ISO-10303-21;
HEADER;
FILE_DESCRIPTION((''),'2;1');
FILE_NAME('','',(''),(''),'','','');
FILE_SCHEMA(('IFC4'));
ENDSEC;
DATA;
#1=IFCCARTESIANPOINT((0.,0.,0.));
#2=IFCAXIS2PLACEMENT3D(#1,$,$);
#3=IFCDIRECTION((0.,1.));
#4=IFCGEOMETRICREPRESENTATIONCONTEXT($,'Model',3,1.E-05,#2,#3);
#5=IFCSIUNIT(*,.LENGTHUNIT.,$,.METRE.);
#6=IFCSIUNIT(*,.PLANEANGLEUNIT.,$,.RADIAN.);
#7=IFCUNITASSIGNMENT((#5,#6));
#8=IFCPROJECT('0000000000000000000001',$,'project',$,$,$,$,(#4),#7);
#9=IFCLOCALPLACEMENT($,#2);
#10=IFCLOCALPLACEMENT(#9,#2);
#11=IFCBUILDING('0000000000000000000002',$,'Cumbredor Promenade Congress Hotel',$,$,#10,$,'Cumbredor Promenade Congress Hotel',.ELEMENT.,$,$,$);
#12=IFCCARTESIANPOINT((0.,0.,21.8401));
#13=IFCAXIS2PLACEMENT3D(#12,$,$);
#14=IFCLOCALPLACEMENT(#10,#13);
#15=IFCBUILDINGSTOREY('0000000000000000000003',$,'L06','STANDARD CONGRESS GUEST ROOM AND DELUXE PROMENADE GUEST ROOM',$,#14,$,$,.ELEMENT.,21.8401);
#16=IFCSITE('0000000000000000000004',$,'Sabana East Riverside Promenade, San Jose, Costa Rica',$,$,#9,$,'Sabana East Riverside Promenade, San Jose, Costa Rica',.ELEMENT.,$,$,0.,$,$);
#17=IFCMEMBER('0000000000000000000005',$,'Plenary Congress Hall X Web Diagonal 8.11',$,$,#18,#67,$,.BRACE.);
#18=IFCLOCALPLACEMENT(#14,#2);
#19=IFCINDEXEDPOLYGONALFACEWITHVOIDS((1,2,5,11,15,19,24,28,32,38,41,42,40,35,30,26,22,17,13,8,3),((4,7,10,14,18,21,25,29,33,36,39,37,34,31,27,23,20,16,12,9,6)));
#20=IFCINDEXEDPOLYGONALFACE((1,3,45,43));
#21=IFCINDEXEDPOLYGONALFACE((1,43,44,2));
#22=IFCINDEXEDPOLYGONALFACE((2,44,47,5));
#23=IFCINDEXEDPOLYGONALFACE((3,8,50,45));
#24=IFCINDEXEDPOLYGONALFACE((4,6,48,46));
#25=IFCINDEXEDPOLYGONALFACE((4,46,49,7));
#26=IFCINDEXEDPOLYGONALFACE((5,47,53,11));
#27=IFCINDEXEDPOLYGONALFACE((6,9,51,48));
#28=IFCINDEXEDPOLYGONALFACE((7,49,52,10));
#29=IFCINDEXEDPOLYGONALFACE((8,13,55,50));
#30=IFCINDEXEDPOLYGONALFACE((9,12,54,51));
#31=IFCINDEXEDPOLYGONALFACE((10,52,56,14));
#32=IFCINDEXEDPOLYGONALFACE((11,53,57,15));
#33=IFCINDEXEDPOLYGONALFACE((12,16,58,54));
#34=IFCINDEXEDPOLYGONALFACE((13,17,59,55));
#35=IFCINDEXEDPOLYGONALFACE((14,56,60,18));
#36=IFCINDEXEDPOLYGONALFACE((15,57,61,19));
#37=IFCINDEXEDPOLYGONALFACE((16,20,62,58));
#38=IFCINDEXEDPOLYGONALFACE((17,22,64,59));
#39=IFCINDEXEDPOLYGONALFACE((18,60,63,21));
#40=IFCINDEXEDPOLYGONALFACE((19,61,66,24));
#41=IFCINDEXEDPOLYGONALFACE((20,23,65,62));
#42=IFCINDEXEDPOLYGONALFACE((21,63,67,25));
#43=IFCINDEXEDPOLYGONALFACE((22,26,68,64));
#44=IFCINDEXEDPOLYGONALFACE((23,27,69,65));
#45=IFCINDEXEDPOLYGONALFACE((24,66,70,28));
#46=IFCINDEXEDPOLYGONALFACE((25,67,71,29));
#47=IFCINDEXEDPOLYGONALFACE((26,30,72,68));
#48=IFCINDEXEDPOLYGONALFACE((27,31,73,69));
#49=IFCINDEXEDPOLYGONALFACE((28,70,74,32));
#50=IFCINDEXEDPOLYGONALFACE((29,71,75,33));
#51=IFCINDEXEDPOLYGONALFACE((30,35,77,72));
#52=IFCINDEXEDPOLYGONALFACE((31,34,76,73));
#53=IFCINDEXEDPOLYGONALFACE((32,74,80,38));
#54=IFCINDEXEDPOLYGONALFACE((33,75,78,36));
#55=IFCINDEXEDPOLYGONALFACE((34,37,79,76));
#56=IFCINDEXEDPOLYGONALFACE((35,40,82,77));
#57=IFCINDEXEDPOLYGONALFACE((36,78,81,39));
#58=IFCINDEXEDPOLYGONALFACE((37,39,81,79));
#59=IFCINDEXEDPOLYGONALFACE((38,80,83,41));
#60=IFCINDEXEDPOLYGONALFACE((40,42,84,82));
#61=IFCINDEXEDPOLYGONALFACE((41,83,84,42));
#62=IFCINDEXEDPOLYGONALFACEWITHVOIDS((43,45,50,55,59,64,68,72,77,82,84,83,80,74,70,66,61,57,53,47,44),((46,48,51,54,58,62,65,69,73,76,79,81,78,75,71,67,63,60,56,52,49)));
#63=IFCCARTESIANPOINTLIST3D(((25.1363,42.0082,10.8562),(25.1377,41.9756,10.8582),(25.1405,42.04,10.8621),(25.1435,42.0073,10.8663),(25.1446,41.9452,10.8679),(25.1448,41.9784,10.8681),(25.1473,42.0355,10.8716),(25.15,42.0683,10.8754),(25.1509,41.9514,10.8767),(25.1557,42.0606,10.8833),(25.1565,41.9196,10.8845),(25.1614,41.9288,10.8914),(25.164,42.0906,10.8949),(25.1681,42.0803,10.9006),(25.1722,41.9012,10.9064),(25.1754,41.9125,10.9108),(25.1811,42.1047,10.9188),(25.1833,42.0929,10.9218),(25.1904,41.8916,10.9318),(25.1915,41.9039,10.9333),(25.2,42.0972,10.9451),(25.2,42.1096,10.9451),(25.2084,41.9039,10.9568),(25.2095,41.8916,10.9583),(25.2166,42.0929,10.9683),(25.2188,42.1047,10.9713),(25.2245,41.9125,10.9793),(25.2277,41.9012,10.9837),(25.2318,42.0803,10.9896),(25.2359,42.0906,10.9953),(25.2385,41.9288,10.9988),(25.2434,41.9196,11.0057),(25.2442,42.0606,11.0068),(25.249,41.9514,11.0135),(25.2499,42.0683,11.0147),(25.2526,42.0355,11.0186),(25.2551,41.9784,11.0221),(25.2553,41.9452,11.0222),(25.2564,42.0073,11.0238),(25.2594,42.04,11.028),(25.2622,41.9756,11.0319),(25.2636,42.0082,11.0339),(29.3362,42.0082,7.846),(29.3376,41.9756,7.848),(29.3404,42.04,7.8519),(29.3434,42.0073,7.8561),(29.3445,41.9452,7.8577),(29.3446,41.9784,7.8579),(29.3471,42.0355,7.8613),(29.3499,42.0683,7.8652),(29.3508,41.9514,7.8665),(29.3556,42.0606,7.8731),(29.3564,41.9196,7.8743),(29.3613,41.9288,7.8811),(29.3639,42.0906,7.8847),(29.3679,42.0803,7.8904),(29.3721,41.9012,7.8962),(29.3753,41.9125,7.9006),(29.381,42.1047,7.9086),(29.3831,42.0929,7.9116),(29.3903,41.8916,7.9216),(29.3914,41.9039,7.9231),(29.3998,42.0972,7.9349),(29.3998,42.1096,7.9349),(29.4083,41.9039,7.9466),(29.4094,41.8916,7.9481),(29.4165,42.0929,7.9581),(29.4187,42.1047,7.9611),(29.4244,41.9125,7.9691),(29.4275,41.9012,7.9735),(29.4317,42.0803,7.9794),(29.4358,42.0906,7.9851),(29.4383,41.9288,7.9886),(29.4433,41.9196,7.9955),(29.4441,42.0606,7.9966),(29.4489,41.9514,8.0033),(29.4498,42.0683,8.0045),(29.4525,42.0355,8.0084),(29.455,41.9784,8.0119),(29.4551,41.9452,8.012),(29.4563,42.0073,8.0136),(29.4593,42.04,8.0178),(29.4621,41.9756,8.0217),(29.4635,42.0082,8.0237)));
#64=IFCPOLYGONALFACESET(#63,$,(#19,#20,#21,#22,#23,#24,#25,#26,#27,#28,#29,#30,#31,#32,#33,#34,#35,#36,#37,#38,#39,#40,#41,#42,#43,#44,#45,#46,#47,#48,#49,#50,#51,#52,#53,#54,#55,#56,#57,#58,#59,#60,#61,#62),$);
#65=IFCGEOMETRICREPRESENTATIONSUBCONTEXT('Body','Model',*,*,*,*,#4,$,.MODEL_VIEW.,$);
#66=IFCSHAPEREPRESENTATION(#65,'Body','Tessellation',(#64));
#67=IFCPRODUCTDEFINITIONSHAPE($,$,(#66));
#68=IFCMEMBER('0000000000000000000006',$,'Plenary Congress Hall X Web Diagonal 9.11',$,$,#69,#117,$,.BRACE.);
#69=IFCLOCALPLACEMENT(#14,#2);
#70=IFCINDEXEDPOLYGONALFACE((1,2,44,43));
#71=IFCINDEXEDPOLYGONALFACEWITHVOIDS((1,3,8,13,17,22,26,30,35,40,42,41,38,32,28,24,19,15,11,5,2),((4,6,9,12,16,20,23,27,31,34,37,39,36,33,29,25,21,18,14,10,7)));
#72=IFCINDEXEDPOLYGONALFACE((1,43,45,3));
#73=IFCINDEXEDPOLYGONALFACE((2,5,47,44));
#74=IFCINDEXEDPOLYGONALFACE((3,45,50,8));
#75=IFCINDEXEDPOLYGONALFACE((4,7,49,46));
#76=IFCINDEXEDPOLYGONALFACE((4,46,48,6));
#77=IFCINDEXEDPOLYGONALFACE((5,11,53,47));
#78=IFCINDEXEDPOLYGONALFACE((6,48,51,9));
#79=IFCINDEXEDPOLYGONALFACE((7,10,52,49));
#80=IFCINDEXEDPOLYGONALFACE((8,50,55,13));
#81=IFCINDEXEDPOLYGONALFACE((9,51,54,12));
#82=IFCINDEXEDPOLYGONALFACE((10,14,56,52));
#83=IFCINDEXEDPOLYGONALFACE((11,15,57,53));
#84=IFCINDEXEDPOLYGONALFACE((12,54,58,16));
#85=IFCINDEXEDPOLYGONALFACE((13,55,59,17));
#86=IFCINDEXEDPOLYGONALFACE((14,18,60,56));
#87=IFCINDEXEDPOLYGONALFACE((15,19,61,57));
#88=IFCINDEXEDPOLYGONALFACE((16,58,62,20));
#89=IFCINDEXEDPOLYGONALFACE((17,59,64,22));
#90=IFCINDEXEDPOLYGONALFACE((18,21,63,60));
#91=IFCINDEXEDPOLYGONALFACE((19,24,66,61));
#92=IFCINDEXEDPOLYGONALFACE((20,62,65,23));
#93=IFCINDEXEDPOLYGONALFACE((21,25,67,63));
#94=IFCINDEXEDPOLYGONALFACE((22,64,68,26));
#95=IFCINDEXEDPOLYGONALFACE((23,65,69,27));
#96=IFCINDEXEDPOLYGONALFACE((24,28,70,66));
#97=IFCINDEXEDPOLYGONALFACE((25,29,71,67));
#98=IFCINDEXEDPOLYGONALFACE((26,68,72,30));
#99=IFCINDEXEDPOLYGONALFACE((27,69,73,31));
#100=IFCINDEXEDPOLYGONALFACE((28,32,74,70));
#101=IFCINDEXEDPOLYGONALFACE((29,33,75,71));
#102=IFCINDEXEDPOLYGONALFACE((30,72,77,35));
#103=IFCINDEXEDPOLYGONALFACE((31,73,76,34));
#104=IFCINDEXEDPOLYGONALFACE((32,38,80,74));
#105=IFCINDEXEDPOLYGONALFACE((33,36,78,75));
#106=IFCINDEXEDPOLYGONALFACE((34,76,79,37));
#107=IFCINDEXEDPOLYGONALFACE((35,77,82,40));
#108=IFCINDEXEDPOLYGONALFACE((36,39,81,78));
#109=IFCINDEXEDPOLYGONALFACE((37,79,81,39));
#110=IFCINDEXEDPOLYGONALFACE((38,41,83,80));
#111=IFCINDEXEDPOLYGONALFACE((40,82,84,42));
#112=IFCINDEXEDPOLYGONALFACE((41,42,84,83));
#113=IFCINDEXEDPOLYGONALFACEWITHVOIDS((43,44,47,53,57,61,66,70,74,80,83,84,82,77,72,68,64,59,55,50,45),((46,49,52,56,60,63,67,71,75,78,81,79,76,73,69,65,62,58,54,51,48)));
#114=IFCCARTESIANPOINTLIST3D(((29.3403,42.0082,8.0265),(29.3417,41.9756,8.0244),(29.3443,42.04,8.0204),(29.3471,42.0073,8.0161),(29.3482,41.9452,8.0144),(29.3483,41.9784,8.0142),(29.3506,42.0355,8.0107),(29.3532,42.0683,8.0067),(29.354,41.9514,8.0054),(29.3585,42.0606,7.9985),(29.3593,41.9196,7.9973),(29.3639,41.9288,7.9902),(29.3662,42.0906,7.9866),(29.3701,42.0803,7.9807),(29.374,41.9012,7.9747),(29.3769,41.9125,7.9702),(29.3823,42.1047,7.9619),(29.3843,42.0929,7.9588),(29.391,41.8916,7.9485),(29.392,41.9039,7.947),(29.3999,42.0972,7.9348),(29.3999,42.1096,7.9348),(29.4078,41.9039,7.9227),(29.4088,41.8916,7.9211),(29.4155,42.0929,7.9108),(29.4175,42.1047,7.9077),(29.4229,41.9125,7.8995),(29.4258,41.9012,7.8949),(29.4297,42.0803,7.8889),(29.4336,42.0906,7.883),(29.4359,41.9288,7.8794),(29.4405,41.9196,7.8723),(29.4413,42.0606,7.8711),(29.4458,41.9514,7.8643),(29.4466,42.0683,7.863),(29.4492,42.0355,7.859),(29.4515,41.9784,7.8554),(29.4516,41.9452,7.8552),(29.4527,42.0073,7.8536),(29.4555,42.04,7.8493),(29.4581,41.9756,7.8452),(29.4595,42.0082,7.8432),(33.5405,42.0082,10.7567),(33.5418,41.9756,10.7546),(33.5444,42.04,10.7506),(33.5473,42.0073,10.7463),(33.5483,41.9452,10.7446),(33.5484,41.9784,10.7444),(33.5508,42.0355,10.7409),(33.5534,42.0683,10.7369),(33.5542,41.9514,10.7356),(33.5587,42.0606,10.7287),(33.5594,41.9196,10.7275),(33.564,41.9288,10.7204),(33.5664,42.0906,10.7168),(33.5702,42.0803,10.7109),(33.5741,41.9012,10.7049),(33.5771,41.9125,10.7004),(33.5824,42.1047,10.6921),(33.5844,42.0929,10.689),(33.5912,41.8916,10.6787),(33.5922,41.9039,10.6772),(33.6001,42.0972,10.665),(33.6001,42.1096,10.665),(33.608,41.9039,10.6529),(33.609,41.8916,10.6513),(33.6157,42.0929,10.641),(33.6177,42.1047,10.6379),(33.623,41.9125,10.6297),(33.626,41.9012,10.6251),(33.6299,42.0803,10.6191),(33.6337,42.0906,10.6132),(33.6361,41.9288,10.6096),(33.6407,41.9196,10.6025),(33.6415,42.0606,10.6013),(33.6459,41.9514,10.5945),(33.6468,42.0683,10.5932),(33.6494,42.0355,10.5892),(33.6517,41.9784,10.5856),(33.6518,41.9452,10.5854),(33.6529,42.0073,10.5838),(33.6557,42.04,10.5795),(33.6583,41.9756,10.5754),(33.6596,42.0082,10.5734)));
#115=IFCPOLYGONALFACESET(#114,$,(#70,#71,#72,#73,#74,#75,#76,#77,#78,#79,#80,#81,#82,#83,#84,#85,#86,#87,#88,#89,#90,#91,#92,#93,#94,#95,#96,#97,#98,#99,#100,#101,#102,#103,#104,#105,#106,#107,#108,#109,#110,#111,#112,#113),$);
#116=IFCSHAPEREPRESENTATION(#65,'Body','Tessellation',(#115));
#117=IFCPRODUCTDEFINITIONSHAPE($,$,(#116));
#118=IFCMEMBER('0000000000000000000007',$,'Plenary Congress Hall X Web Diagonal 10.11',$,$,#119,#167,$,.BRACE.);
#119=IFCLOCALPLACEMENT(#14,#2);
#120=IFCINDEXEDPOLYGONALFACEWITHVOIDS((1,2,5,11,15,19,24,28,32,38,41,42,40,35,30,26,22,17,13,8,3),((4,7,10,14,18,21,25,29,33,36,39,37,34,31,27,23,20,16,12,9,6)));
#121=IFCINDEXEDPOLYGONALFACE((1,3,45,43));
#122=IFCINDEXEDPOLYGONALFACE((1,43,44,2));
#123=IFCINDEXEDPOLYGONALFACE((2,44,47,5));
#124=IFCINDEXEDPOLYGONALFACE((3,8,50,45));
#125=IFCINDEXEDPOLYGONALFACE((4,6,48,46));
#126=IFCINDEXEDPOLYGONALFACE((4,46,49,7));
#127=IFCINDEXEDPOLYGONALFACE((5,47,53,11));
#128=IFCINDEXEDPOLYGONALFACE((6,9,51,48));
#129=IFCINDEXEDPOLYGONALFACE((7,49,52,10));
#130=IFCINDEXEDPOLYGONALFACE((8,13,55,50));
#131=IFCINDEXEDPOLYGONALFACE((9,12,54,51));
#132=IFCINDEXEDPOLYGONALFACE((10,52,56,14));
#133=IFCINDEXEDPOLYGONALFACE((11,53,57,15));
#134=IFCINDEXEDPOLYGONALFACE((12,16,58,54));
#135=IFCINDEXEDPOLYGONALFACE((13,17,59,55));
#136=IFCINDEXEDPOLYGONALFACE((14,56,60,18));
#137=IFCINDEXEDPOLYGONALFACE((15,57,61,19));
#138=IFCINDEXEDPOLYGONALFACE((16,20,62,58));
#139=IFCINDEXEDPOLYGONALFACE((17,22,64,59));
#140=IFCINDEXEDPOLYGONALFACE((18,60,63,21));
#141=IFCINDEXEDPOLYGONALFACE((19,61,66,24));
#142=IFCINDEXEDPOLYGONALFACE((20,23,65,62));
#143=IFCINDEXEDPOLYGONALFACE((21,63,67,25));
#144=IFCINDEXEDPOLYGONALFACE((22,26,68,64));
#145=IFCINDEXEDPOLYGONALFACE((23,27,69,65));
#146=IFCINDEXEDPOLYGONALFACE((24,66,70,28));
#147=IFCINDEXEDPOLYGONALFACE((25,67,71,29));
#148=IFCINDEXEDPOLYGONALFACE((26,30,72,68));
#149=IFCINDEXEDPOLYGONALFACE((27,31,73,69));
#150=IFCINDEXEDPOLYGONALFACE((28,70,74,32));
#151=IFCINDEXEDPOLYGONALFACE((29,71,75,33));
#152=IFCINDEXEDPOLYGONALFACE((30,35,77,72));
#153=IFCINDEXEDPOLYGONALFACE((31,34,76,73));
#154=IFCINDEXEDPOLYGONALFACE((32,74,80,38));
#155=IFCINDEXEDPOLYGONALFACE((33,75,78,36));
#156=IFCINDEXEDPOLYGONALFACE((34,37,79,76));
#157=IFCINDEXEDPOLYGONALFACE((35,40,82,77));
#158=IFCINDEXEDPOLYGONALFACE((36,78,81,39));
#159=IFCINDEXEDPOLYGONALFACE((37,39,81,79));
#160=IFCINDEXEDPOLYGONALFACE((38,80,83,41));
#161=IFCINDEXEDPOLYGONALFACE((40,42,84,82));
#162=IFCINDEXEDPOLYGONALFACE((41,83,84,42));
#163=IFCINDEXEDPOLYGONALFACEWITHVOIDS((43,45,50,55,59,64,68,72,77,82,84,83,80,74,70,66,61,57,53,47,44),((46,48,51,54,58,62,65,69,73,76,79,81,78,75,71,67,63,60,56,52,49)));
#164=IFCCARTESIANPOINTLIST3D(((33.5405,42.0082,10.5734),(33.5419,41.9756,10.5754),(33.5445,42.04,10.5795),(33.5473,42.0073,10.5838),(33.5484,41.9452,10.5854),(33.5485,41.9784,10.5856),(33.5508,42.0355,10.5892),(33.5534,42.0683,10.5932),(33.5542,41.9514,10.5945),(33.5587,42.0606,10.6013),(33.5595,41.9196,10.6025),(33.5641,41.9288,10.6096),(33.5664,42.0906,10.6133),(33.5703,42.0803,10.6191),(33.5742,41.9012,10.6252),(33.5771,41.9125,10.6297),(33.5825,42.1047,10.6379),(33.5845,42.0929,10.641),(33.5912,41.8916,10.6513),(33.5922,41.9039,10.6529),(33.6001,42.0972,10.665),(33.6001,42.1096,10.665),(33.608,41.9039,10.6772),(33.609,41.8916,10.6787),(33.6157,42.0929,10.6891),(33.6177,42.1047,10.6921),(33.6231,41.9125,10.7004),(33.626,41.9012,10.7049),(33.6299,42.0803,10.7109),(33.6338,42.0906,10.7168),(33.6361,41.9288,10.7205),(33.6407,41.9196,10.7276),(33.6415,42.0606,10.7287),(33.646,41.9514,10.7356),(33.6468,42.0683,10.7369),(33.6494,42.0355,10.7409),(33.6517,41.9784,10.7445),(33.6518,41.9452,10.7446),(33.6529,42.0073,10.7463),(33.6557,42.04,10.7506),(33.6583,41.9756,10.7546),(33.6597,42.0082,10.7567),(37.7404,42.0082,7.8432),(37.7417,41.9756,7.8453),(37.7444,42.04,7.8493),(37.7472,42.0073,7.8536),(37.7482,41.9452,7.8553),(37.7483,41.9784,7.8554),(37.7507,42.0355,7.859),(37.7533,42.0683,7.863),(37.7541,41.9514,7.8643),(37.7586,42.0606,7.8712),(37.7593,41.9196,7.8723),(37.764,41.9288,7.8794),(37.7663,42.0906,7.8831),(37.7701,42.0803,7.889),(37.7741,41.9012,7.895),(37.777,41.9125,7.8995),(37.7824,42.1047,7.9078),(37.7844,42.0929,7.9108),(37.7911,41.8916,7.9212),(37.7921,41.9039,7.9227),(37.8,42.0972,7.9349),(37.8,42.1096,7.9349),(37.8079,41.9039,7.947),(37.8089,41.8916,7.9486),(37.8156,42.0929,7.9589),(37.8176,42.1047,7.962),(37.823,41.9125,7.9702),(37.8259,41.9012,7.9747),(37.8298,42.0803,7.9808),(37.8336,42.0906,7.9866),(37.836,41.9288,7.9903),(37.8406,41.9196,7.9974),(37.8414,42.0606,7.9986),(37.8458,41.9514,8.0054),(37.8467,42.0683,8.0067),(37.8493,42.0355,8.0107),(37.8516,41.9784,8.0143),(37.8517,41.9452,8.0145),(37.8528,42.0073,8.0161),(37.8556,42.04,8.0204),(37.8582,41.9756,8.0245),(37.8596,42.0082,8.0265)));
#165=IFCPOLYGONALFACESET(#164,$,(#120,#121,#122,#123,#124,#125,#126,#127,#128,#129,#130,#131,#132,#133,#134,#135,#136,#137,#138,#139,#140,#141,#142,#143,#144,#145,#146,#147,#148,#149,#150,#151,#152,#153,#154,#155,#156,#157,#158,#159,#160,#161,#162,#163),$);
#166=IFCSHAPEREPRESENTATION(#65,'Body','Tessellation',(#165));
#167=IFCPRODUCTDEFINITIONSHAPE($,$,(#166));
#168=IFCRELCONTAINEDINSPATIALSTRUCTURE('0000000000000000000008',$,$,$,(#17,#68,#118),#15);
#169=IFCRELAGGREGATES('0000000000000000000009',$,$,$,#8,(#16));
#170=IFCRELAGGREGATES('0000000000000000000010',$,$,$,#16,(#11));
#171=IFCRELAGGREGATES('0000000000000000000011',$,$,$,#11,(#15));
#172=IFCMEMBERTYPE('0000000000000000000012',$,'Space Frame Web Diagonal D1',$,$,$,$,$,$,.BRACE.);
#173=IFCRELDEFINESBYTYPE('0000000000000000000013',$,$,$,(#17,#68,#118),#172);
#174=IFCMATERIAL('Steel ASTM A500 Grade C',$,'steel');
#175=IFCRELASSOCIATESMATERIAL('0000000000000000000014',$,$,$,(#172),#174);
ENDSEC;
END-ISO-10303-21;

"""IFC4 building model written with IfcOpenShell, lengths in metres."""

from ifc_helpers import new_model, si_unit, direction, frame, origin, origin_2d, place, context, subcontext, project, spatial, hollow_circle, extrude, material, material_profile, profile_set, type_object, element, save


model = new_model("IFC4")

# Units and contexts
model_context = context("Model", 3, precision=1e-05, world=origin(), true_north=direction((0.0, 1.0)))
body_context = subcontext(model_context, "Body", "Model", "MODEL_VIEW")
ifc_project = project(units=[si_unit("LENGTHUNIT", "METRE"), si_unit("PLANEANGLEUNIT", "RADIAN")], contexts=[model_context])

# Site, building, storey
site_placement = place(None, origin())
site = spatial("IfcSite", under=ifc_project, at=site_placement, Name="Sabana East Riverside Promenade, San Jose, Costa Rica", LongName="Sabana East Riverside Promenade, San Jose, Costa Rica", CompositionType="ELEMENT", RefElevation=0.0)
building_placement = place(site_placement, origin())
building = spatial("IfcBuilding", under=site, at=building_placement, Name="Cumbredor Promenade Congress Hotel", LongName="Cumbredor Promenade Congress Hotel", CompositionType="ELEMENT")
storey_placement = place(building_placement, frame((0.0, 0.0, 21.8401)))
storey = spatial("IfcBuildingStorey", under=building, at=storey_placement, Name="L06", Description="STANDARD CONGRESS GUEST ROOM AND DELUXE PROMENADE GUEST ROOM", CompositionType="ELEMENT", Elevation=21.8401)

# Members
ifc_material_1 = material(Name="Steel ASTM A500 Grade C", Category="steel")
ifc_material_profile_1 = material_profile(ifc_material_1, hollow_circle(Radius=0.1096, WallThickness=0.0125, at=origin_2d()), Name="CHS 219.1x12.5")
ifc_profile_set_1 = profile_set([ifc_material_profile_1], Name="Steel ASTM A500 Grade C")
member_type_1 = type_object("IfcMemberType", Name="Space Frame Web Diagonal D1", PredefinedType="BRACE", material=ifc_profile_set_1)
member_1_placement = place(storey_placement, frame((25.2, 42.0, 10.9451), z_axis=(0.812791, 0.0, -0.582556), x_axis=(0.0, 1.0, 0.0)))
element("IfcMember", 1, at=member_1_placement, inside=storey, type_object=member_type_1, Name="Plenary Congress Hall X Web Diagonal 8.11", PredefinedType="BRACE", context=body_context, shape_type="SweptSolid", body=[
    extrude(hollow_circle(Radius=0.1096, WallThickness=0.0125, at=origin_2d()), origin(), (0.0, 0.0, 1.0), 5.1672),
])
member_2_placement = place(storey_placement, frame((29.3999, 42.0, 7.9348), z_axis=(0.838435, 0.0, 0.545002), x_axis=(0.0, 1.0, 0.0)))
element("IfcMember", 2, at=member_2_placement, inside=storey, type_object=member_type_1, Name="Plenary Congress Hall X Web Diagonal 9.11", PredefinedType="BRACE", context=body_context, shape_type="SweptSolid", body=[
    extrude(hollow_circle(Radius=0.1096, WallThickness=0.0125, at=origin_2d()), origin(), (0.0, 0.0, 1.0), 5.0095),
])
member_3_placement = place(storey_placement, frame((33.6001, 42.0, 10.665), z_axis=(0.83842, 0.0, -0.545024), x_axis=(0.0, 1.0, 0.0)))
element("IfcMember", 3, at=member_3_placement, inside=storey, type_object=member_type_1, Name="Plenary Congress Hall X Web Diagonal 10.11", PredefinedType="BRACE", context=body_context, shape_type="SweptSolid", body=[
    extrude(hollow_circle(Radius=0.1096, WallThickness=0.0125, at=origin_2d()), origin(), (0.0, 0.0, 1.0), 5.0093),
])

save(model, "model.ifc")
